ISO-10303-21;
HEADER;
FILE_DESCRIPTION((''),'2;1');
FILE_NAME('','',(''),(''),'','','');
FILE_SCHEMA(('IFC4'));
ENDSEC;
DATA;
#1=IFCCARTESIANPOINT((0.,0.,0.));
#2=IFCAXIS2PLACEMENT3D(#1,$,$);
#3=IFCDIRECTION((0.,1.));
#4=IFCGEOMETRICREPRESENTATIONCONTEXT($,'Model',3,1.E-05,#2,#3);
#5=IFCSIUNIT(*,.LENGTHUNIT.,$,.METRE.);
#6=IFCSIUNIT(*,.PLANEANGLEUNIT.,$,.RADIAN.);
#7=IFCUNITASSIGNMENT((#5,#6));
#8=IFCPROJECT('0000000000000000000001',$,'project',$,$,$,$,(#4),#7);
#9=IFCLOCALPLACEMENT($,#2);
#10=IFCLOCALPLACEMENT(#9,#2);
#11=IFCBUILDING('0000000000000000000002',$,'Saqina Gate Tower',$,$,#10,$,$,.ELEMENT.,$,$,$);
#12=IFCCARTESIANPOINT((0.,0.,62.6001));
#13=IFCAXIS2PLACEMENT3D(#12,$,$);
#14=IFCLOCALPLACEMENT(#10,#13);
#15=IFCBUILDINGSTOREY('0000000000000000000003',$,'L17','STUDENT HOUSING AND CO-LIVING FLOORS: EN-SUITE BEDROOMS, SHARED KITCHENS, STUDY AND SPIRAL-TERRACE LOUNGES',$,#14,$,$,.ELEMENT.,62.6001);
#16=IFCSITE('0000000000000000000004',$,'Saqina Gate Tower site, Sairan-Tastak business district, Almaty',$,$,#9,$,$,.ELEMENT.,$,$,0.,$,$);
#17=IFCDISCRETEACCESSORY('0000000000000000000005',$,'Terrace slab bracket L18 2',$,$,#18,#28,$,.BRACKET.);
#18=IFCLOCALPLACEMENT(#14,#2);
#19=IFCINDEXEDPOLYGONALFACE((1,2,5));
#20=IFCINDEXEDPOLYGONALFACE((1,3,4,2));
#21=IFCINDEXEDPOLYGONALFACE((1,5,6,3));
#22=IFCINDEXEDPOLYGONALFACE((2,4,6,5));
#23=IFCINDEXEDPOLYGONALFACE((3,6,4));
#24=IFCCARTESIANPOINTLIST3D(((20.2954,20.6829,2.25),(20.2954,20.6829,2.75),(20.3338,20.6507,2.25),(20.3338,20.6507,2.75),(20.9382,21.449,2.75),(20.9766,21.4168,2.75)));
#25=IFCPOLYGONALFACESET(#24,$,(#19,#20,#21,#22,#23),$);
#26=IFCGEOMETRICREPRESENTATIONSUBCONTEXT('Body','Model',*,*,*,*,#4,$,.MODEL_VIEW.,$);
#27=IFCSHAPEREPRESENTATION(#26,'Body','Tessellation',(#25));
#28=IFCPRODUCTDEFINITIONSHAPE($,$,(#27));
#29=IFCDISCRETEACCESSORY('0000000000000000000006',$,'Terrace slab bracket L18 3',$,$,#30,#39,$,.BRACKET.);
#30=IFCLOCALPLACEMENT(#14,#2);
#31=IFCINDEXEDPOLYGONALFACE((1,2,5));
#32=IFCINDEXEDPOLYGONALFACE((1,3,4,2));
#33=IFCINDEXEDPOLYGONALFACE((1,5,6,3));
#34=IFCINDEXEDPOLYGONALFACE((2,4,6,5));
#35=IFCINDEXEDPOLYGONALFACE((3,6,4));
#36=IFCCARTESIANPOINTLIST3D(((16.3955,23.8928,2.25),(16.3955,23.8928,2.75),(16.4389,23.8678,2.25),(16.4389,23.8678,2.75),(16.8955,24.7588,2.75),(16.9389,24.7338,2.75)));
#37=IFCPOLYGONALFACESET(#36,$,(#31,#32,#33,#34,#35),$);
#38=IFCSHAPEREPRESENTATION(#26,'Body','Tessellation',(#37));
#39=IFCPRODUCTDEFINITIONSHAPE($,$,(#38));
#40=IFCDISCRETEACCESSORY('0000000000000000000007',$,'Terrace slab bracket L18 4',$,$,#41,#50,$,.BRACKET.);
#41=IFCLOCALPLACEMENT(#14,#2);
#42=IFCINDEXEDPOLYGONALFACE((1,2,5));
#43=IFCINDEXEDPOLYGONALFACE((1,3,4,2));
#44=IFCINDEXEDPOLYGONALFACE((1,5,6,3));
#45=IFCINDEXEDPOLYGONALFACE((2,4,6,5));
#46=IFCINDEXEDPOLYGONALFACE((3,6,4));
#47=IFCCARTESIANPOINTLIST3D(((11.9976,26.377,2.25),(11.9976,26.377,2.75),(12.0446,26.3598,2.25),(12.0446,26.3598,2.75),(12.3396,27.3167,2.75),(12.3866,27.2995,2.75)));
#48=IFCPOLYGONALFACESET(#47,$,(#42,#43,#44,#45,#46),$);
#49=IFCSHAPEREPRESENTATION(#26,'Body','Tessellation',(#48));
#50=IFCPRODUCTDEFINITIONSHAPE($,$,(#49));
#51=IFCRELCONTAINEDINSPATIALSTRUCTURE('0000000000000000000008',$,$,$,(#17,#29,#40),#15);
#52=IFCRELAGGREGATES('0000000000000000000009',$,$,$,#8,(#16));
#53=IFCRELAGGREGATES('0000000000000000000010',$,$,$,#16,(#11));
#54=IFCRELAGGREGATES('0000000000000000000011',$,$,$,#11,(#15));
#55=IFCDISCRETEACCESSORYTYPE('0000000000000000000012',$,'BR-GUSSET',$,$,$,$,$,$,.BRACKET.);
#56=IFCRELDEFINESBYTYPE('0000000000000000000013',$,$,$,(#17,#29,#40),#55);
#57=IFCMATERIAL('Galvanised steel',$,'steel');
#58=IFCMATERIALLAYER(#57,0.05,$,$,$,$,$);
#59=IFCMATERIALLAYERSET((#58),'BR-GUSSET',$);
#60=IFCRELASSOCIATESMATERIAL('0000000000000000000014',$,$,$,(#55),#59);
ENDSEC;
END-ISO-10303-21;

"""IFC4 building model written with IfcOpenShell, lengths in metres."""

from ifc_helpers import new_model, si_unit, direction, frame, origin, place, context, subcontext, project, spatial, polyline, outline, extrude, material, layer, layer_set, type_object, element, save


model = new_model("IFC4")

# Units and contexts
model_context = context("Model", 3, precision=1e-05, world=origin(), true_north=direction((0.0, 1.0)))
body_context = subcontext(model_context, "Body", "Model", "MODEL_VIEW")
ifc_project = project(units=[si_unit("LENGTHUNIT", "METRE"), si_unit("PLANEANGLEUNIT", "RADIAN")], contexts=[model_context])

# Site, building, storey
site_placement = place(None, origin())
site = spatial("IfcSite", under=ifc_project, at=site_placement, Name="Saqina Gate Tower site, Sairan-Tastak business district, Almaty", CompositionType="ELEMENT", RefElevation=0.0)
building_placement = place(site_placement, origin())
building = spatial("IfcBuilding", under=site, at=building_placement, Name="Saqina Gate Tower", CompositionType="ELEMENT")
storey_placement = place(building_placement, frame((0.0, 0.0, 62.6001)))
storey = spatial("IfcBuildingStorey", under=building, at=storey_placement, Name="L17", Description="STUDENT HOUSING AND CO-LIVING FLOORS: EN-SUITE BEDROOMS, SHARED KITCHENS, STUDY AND SPIRAL-TERRACE LOUNGES", CompositionType="ELEMENT", Elevation=62.6001)

# Discrete accessories
ifc_material_1 = material(Name="Galvanised steel", Category="steel")
ifc_layer_1 = layer(ifc_material_1, 0.05)
ifc_layer_set_1 = layer_set([ifc_layer_1], Name="BR-GUSSET")
discrete_accessory_type_1 = type_object("IfcDiscreteAccessoryType", Name="BR-GUSSET", PredefinedType="BRACKET", material=ifc_layer_set_1)
discrete_accessory_1_placement = place(storey_placement, frame((20.2954, 20.6829, 2.25), z_axis=(-0.766056, 0.642774, 0.0), x_axis=(0.0, 0.0, 1.0)))
element("IfcDiscreteAccessory", 1, at=discrete_accessory_1_placement, inside=storey, type_object=discrete_accessory_type_1, Name="Terrace slab bracket L18 2", PredefinedType="BRACKET", context=body_context, shape_type="SweptSolid", body=[
    extrude(outline(polyline([(0.0, 0.0), (0.5, 0.0), (0.5, 1.0001), (0.0, 0.0)])), origin(), (0.0, 0.0, -1.0), 0.05),
])
discrete_accessory_2_placement = place(storey_placement, frame((16.3955, 23.8928, 2.25), z_axis=(-0.866011, 0.500025, 0.0), x_axis=(0.0, 0.0, 1.0)))
element("IfcDiscreteAccessory", 2, at=discrete_accessory_2_placement, inside=storey, type_object=discrete_accessory_type_1, Name="Terrace slab bracket L18 3", PredefinedType="BRACKET", context=body_context, shape_type="SweptSolid", body=[
    extrude(outline(polyline([(0.0, 0.0), (0.5, 0.0), (0.5, 0.9999), (0.0, 0.0)])), origin(), (0.0, 0.0, -1.0), 0.05),
])
discrete_accessory_3_placement = place(storey_placement, frame((11.9976, 26.377, 2.25), z_axis=(-0.939686, 0.342037, 0.0), x_axis=(0.0, 0.0, 1.0)))
element("IfcDiscreteAccessory", 3, at=discrete_accessory_3_placement, inside=storey, type_object=discrete_accessory_type_1, Name="Terrace slab bracket L18 4", PredefinedType="BRACKET", context=body_context, shape_type="SweptSolid", body=[
    extrude(outline(polyline([(0.0, 0.0), (0.5, 0.0), (0.5, 1.0), (0.0, 0.0)])), origin(), (0.0, 0.0, -1.0), 0.05),
])

save(model, "model.ifc")
